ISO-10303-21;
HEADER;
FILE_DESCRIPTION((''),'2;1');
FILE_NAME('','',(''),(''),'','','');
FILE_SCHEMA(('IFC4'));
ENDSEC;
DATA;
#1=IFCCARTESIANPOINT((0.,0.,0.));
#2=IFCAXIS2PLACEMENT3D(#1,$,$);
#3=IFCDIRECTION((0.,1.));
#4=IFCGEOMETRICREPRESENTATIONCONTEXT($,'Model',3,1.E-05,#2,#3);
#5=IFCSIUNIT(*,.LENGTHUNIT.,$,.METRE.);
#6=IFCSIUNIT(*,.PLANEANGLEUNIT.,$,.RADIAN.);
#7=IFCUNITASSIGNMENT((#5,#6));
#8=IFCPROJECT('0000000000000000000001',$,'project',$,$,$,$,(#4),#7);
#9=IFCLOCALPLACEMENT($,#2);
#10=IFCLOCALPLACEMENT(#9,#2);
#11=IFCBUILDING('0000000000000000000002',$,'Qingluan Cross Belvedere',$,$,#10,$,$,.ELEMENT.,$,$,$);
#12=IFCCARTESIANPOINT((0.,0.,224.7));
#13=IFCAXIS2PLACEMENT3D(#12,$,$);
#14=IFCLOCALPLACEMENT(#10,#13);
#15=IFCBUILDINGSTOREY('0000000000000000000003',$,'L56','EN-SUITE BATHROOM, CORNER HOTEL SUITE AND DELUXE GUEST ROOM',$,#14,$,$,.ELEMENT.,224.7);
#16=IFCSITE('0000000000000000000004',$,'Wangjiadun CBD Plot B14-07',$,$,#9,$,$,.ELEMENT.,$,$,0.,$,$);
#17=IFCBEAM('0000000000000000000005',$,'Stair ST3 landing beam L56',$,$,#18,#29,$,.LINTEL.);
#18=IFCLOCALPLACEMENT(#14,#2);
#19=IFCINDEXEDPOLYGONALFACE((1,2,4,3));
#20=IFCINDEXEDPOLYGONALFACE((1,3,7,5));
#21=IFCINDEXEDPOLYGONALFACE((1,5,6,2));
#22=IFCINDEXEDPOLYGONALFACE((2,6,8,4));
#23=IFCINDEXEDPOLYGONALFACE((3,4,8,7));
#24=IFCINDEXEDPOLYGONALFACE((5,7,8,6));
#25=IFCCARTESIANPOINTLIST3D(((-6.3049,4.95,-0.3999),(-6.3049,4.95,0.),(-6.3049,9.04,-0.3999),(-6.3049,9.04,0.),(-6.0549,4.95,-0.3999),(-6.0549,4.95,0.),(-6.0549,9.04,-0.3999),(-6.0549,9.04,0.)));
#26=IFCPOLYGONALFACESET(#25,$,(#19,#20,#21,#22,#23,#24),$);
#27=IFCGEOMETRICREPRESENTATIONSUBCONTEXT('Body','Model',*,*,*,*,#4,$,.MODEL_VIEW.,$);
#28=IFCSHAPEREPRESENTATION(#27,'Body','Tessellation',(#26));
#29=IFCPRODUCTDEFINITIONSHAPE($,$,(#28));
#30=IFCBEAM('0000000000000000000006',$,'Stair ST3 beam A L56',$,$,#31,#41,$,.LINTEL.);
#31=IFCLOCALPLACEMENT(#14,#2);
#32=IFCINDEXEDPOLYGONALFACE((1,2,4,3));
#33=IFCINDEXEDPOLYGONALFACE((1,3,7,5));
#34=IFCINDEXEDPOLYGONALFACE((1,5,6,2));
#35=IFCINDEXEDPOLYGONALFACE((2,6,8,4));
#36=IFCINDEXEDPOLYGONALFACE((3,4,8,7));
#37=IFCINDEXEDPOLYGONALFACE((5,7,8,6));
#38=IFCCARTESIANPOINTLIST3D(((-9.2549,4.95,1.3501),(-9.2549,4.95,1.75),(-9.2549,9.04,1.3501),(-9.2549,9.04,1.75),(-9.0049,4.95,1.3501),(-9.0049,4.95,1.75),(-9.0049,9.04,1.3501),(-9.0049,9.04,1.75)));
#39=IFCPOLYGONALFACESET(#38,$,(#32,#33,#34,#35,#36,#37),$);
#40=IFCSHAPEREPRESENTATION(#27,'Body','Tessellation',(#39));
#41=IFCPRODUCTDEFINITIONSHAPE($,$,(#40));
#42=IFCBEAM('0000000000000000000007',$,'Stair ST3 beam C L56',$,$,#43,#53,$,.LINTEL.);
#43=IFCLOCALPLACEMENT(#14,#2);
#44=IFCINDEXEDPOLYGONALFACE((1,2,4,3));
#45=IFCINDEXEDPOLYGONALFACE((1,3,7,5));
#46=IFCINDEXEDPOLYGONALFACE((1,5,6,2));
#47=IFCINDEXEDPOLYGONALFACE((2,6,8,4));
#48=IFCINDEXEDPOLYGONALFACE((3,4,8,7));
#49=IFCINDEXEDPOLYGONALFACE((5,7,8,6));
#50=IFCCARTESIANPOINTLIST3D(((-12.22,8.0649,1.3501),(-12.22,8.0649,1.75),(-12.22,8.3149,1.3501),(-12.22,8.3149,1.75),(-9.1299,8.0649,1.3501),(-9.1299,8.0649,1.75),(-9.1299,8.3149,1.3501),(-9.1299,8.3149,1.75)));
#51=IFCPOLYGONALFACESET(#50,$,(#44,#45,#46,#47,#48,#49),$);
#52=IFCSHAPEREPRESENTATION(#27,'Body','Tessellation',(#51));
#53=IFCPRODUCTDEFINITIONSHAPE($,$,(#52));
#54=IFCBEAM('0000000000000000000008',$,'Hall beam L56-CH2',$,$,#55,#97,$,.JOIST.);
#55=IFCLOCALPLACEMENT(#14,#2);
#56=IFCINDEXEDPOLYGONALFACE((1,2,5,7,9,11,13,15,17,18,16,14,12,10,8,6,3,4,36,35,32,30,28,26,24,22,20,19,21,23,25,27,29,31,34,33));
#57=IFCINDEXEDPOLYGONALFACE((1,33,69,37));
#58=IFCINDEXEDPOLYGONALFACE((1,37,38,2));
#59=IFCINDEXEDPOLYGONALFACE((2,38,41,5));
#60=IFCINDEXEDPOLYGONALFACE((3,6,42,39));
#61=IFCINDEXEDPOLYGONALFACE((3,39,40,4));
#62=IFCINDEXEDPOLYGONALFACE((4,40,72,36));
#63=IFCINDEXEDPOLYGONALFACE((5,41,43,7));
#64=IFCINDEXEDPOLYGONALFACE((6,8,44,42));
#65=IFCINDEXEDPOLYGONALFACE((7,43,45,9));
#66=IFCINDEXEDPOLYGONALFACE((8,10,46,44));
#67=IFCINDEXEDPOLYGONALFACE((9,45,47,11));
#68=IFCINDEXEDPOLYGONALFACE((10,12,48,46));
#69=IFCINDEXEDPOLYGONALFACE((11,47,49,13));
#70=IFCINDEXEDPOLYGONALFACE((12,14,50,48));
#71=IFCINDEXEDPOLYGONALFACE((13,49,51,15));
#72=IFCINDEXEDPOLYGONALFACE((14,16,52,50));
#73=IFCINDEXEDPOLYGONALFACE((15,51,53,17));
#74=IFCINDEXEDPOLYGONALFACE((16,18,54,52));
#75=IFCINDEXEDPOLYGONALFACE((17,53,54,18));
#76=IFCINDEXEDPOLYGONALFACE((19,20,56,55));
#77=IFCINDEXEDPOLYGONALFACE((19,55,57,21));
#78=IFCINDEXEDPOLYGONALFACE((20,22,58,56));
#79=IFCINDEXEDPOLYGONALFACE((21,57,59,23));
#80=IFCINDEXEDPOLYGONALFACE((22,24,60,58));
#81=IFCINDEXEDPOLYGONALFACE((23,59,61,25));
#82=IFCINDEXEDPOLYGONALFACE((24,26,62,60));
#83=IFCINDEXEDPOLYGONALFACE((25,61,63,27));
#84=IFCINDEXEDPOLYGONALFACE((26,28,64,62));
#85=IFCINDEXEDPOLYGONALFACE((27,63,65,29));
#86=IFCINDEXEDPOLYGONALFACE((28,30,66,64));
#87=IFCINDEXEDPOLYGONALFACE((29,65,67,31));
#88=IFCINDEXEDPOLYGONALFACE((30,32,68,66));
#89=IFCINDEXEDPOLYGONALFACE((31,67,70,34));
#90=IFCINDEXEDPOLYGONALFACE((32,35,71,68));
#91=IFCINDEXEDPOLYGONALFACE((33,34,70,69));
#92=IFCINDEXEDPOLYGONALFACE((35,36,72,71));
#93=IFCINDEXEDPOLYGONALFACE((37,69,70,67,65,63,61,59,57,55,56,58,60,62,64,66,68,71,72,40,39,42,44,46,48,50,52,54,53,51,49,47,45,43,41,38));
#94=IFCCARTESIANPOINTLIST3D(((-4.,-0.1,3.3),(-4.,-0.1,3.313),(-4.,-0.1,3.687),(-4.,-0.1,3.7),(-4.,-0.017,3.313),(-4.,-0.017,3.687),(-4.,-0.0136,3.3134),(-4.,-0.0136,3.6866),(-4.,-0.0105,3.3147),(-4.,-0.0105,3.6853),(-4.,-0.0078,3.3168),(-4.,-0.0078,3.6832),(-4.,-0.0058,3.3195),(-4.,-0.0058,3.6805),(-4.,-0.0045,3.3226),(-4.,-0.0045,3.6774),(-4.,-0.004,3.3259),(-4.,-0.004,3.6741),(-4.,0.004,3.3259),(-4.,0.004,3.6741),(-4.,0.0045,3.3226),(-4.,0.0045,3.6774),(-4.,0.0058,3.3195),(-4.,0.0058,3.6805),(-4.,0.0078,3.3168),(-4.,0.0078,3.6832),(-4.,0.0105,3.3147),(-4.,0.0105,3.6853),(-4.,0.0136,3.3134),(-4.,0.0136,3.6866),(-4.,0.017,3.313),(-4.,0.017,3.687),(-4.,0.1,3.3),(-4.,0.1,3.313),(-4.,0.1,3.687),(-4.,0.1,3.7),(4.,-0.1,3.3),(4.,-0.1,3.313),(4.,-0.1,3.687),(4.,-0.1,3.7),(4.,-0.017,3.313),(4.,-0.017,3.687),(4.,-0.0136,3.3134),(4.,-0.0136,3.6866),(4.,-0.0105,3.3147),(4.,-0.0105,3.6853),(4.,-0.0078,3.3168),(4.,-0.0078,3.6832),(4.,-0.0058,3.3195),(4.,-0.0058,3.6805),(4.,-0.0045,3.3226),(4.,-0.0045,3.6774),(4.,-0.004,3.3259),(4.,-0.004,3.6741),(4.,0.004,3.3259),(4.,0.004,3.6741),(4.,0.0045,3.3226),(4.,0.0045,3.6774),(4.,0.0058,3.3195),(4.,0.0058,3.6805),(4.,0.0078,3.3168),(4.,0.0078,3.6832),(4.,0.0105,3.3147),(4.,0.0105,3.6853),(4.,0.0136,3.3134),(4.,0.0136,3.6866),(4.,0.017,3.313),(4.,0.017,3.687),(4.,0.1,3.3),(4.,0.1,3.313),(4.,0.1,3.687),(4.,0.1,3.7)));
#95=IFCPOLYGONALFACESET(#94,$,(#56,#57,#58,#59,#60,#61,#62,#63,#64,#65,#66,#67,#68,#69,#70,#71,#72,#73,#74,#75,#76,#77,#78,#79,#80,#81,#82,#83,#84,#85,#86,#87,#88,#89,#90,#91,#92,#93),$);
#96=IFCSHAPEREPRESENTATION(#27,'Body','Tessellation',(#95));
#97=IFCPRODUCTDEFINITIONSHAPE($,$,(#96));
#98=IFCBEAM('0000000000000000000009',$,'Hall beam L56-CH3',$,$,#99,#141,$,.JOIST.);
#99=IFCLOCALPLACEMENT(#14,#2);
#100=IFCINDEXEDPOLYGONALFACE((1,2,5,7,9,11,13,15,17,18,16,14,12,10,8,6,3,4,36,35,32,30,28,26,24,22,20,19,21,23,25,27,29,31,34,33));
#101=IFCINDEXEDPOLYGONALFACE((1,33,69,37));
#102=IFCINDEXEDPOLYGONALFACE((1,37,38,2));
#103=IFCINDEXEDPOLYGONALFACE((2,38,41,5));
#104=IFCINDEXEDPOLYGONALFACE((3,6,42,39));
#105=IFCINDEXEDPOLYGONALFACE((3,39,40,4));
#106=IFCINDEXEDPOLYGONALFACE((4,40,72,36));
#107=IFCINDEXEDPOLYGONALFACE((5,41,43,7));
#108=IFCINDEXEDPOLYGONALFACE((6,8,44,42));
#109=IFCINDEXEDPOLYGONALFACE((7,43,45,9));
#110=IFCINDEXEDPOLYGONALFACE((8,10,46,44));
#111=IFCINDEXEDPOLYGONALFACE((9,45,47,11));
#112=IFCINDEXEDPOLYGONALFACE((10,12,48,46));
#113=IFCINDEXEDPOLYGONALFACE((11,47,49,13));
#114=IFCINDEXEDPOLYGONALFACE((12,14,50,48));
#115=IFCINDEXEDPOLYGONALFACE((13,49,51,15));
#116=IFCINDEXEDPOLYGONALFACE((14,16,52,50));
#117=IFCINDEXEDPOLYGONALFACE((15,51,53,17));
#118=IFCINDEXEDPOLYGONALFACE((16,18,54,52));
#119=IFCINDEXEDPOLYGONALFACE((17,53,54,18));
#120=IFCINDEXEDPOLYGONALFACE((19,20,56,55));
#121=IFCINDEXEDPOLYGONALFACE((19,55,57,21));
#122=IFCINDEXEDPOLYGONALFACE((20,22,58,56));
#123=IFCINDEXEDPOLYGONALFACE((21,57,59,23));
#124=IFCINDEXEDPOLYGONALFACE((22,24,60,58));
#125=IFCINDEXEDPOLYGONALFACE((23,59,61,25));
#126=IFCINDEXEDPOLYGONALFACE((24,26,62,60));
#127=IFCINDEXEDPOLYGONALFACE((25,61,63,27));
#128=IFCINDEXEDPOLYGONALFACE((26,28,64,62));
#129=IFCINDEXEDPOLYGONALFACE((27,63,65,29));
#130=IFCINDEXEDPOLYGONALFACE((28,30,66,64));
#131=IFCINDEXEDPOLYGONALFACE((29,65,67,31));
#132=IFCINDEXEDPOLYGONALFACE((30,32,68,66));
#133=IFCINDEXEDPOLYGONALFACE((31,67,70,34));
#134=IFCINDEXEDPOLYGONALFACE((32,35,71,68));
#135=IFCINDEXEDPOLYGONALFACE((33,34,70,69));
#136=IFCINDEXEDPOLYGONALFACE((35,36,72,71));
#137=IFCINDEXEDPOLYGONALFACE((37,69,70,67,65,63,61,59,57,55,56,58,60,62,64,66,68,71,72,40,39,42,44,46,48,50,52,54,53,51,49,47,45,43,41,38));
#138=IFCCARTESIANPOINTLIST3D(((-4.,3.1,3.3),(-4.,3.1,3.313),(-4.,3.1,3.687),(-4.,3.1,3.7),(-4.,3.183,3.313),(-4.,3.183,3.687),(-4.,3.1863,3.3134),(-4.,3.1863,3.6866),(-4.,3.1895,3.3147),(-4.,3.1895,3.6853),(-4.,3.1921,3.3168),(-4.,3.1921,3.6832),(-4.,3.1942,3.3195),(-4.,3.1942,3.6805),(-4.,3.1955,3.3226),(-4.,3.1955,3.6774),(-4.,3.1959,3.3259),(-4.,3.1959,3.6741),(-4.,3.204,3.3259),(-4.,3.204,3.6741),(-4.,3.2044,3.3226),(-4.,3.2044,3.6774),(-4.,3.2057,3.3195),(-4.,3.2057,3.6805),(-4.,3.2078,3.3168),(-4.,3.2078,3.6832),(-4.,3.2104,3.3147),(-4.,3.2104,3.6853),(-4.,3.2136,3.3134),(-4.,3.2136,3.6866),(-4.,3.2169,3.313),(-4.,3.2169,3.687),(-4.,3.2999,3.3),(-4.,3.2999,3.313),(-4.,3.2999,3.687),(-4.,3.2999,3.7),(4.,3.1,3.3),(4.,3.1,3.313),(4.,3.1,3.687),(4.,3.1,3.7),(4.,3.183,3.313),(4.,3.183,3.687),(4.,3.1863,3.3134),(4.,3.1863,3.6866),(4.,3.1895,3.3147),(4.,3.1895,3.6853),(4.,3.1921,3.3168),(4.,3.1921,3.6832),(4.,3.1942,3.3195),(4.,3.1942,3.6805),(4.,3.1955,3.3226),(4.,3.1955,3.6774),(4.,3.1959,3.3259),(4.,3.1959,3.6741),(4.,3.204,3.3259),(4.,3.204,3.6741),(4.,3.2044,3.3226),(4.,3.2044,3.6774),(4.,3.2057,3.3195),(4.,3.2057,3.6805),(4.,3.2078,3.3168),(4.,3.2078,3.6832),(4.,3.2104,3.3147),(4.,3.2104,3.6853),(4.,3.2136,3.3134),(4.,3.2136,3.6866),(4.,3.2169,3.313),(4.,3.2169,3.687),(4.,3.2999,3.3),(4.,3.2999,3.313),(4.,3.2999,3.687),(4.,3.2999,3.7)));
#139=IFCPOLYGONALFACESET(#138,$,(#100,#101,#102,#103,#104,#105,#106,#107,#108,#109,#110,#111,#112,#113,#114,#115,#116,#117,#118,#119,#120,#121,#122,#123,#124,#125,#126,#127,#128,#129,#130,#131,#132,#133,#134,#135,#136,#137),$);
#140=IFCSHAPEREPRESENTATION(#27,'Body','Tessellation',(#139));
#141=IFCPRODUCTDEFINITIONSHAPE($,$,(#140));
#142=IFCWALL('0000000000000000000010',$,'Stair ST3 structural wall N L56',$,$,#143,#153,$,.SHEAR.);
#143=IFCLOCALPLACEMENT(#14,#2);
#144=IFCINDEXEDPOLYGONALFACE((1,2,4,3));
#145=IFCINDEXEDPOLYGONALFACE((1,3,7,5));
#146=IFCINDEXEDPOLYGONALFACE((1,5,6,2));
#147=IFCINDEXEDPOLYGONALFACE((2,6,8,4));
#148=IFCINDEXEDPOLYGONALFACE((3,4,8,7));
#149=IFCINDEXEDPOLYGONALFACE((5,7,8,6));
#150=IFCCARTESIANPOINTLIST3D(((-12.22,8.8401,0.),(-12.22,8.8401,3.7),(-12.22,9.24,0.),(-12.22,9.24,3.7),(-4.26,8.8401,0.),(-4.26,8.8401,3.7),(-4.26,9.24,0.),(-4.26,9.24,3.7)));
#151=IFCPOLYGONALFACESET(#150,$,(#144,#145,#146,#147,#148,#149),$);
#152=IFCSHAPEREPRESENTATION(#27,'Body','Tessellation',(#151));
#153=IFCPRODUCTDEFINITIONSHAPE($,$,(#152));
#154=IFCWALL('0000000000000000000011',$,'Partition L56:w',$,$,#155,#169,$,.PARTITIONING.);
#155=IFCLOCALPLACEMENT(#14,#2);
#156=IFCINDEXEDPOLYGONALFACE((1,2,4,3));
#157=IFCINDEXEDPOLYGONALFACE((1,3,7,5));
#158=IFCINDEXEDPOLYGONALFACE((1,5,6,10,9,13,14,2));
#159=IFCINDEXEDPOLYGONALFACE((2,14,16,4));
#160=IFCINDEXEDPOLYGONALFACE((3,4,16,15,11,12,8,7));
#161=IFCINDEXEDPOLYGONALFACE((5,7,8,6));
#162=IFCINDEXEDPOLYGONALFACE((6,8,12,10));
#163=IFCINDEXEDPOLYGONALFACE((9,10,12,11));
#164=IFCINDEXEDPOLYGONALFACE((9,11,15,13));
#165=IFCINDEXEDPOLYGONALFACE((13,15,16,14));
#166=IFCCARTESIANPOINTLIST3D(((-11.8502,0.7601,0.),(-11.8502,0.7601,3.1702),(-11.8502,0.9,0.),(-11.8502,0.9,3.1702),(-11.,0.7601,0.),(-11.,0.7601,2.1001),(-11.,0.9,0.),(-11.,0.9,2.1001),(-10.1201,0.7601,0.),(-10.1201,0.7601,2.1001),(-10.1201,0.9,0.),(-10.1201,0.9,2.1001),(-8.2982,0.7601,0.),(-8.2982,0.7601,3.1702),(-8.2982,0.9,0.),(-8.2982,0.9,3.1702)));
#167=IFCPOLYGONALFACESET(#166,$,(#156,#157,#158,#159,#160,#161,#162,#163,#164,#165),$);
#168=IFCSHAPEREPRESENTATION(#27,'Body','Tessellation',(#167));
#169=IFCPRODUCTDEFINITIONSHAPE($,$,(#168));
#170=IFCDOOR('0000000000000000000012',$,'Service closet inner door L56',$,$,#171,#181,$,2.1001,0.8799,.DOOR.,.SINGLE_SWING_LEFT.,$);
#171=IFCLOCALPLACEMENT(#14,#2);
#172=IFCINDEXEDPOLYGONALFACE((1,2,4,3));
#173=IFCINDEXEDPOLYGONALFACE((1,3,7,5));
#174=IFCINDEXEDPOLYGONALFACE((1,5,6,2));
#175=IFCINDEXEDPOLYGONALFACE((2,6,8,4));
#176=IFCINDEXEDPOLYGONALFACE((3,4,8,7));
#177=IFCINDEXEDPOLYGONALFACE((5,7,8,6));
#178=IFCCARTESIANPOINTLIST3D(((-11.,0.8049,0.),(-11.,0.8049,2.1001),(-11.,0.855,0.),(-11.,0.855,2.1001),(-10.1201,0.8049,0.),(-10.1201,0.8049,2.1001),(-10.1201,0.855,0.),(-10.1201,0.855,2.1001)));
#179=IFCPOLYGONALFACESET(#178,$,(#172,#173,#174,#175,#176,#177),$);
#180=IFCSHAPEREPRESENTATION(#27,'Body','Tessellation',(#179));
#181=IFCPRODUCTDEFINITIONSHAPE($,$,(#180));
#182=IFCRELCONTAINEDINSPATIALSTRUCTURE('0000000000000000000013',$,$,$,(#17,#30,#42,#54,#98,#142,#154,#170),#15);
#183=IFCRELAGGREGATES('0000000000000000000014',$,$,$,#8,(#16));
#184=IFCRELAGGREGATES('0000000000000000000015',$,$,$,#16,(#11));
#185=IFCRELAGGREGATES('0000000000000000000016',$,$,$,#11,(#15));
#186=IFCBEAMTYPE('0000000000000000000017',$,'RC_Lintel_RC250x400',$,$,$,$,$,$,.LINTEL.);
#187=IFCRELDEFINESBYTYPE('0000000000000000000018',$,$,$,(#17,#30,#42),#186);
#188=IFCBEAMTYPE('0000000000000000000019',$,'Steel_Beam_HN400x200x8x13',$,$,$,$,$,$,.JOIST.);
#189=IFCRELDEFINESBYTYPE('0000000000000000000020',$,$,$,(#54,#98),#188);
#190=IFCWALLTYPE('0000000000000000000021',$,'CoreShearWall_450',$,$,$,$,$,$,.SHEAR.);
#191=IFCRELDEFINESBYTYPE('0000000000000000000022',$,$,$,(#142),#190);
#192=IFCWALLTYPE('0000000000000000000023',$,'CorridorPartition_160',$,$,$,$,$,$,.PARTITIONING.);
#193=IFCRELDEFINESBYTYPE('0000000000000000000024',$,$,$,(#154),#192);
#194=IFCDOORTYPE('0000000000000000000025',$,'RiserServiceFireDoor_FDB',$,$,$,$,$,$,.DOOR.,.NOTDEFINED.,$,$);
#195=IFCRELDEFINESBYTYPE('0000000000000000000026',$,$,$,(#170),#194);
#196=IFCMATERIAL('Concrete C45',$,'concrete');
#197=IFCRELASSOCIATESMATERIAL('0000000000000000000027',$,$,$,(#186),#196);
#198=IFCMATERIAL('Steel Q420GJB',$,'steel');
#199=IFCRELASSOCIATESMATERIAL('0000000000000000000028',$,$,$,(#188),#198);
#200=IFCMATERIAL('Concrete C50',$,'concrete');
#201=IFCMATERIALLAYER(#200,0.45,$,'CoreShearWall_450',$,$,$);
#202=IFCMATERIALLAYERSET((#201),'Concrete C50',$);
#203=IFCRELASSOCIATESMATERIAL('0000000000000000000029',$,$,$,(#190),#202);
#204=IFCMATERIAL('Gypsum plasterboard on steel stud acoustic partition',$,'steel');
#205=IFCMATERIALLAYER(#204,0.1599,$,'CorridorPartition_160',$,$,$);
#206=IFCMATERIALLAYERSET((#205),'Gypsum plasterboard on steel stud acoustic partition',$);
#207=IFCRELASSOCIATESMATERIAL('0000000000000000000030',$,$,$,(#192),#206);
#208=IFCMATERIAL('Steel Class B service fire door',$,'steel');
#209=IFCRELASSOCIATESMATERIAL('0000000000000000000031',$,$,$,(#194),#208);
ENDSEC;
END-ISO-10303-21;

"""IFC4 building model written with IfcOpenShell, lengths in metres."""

from ifc_helpers import new_model, si_unit, direction, frame, frame_2d, origin, origin_2d, place, context, subcontext, project, spatial, rectangle, i_section, extrude, material, layer, layer_set, material_profile, profile_set, type_object, element, fill, save


model = new_model("IFC4")

# Units and contexts
model_context = context("Model", 3, precision=1e-05, world=origin(), true_north=direction((0.0, 1.0)))
body_context = subcontext(model_context, "Body", "Model", "MODEL_VIEW")
ifc_project = project(units=[si_unit("LENGTHUNIT", "METRE"), si_unit("PLANEANGLEUNIT", "RADIAN")], contexts=[model_context])

# Site, building, storey
site_placement = place(None, origin())
site = spatial("IfcSite", under=ifc_project, at=site_placement, Name="Wangjiadun CBD Plot B14-07", CompositionType="ELEMENT", RefElevation=0.0)
building_placement = place(site_placement, origin())
building = spatial("IfcBuilding", under=site, at=building_placement, Name="Qingluan Cross Belvedere", CompositionType="ELEMENT")
storey_placement = place(building_placement, frame((0.0, 0.0, 224.7)))
storey = spatial("IfcBuildingStorey", under=building, at=storey_placement, Name="L56", Description="EN-SUITE BATHROOM, CORNER HOTEL SUITE AND DELUXE GUEST ROOM", CompositionType="ELEMENT", Elevation=224.7)

# Beams
ifc_material_1 = material(Name="Concrete C45", Category="concrete")
ifc_material_profile_1 = material_profile(ifc_material_1, rectangle(XDim=0.25, YDim=0.3999, at=origin_2d()), Name="RC250x400")
ifc_profile_set_1 = profile_set([ifc_material_profile_1], Name="Concrete C45")
beam_type_1 = type_object("IfcBeamType", Name="RC_Lintel_RC250x400", PredefinedType="LINTEL", material=ifc_profile_set_1)
for number, where, z_axis, x_axis, name in (
    (1, (-6.1799, 4.95, -0.2), (0.0, 1.0, 0.0), (-1.0, 0.0, 0.0), "Stair ST3 landing beam L56"),
    (2, (-9.1299, 4.95, 1.55), (0.0, 1.0, 0.0), (-1.0, 0.0, 0.0), "Stair ST3 beam A L56"),
):
    element("IfcBeam", number, at=place(storey_placement, frame(where, z_axis=z_axis, x_axis=x_axis)), inside=storey, type_object=beam_type_1, Name=name, PredefinedType="LINTEL", context=body_context, shape_type="SweptSolid", body=[
        extrude(rectangle(XDim=0.25, YDim=0.3999, at=origin_2d()), origin(), (0.0, 0.0, 1.0), 4.0901),
    ])
beam_placement = place(storey_placement, frame((-12.22, 8.1899, 1.55), z_axis=(1.0, 0.0, 0.0), x_axis=(0.0, 1.0, 0.0)))
element("IfcBeam", 3, at=beam_placement, inside=storey, type_object=beam_type_1, Name="Stair ST3 beam C L56", PredefinedType="LINTEL", context=body_context, shape_type="SweptSolid", body=[
    extrude(rectangle(XDim=0.25, YDim=0.3999, at=origin_2d()), origin(), (0.0, 0.0, 1.0), 3.0901),
])
ifc_material_2 = material(Name="Steel Q420GJB", Category="steel")
ifc_material_profile_2 = material_profile(ifc_material_2, i_section(OverallWidth=0.2, OverallDepth=0.3999, WebThickness=0.0081, FlangeThickness=0.0129, FilletRadius=0.0129, at=origin_2d()), Name="HN400x200x8x13")
ifc_profile_set_2 = profile_set([ifc_material_profile_2], Name="Steel Q420GJB")
beam_type_2 = type_object("IfcBeamType", Name="Steel_Beam_HN400x200x8x13", PredefinedType="JOIST", material=ifc_profile_set_2)
for number, where, z_axis, x_axis, name in (
    (4, (-4.0, 0.0, 3.5), (1.0, 0.0, 0.0), (0.0, 1.0, 0.0), "Hall beam L56-CH2"),
    (5, (-4.0, 3.2, 3.5), (1.0, 0.0, 0.0), (0.0, 1.0, 0.0), "Hall beam L56-CH3"),
):
    element("IfcBeam", number, at=place(storey_placement, frame(where, z_axis=z_axis, x_axis=x_axis)), inside=storey, type_object=beam_type_2, Name=name, PredefinedType="JOIST", context=body_context, shape_type="SweptSolid", body=[
        extrude(i_section(OverallWidth=0.2, OverallDepth=0.3999, WebThickness=0.0081, FlangeThickness=0.0129, FilletRadius=0.0129, at=origin_2d()), origin(), (0.0, 0.0, 1.0), 8.0),
    ])

# Wall
ifc_material_3 = material(Name="Concrete C50", Category="concrete")
ifc_layer_1 = layer(ifc_material_3, 0.45, Name="CoreShearWall_450")
ifc_layer_set_1 = layer_set([ifc_layer_1], Name="Concrete C50")
wall_type_1 = type_object("IfcWallType", Name="CoreShearWall_450", PredefinedType="SHEAR", material=ifc_layer_set_1)
wall_1_placement = place(storey_placement, frame((-12.22, 9.04, 0.0), z_axis=(0.0, 0.0, 1.0), x_axis=(1.0, 0.0, 0.0)))
element("IfcWall", 6, at=wall_1_placement, inside=storey, type_object=wall_type_1, Name="Stair ST3 structural wall N L56", PredefinedType="SHEAR", context=body_context, shape_type="SweptSolid", body=[
    extrude(rectangle(XDim=7.96, YDim=0.3999, at=frame_2d((3.98, 0.0))), origin(), (0.0, 0.0, 1.0), 3.7),
])

# Wall, opening, door
ifc_material_4 = material(Name="Gypsum plasterboard on steel stud acoustic partition", Category="steel")
ifc_layer_2 = layer(ifc_material_4, 0.1599, Name="CorridorPartition_160")
ifc_layer_set_2 = layer_set([ifc_layer_2], Name="Gypsum plasterboard on steel stud acoustic partition")
wall_type_2 = type_object("IfcWallType", Name="CorridorPartition_160", PredefinedType="PARTITIONING", material=ifc_layer_set_2)
wall_2_placement = place(storey_placement, frame((-11.8501, 0.8301, 0.0), z_axis=(0.0, 0.0, 1.0), x_axis=(1.0, 0.0, 0.0)))
wall_2 = element("IfcWall", 7, at=wall_2_placement, inside=storey, type_object=wall_type_2, Name="Partition L56:w", PredefinedType="PARTITIONING", context=body_context, shape_type="SweptSolid", body=[
    extrude(rectangle(XDim=3.552, YDim=0.1399, at=frame_2d((1.7759, 0.0))), origin(), (0.0, 0.0, 1.0), 3.1702),
])
opening_1_placement = place(wall_2_placement, frame((0.8501, 0.0, 0.0)))
opening_1 = element("IfcOpeningElement", 8, at=opening_1_placement, cuts=wall_2, PredefinedType="OPENING", context=body_context, shape_type="SweptSolid", body=[
    extrude(rectangle(XDim=0.8799, YDim=2.1001, at=frame_2d((0.4399, 1.05))), frame((0.0, 0.0798, 0.0), z_axis=(0.0, -1.0, 0.0), x_axis=(1.0, 0.0, 0.0)), (0.0, 0.0, 1.0), 0.1599),
])
ifc_material_5 = material(Name="Steel Class B service fire door", Category="steel")
door_type_1 = type_object("IfcDoorType", Name="RiserServiceFireDoor_FDB", OperationType="NOTDEFINED", PredefinedType="DOOR", material=ifc_material_5)
door_1_placement = place(opening_1_placement, origin())
door_1 = element("IfcDoor", 9, at=door_1_placement, inside=storey, type_object=door_type_1, Name="Service closet inner door L56", OperationType="SINGLE_SWING_LEFT", OverallHeight=2.1001, OverallWidth=0.8799, PredefinedType="DOOR", context=body_context, shape_type="SweptSolid", body=[
    extrude(rectangle(XDim=0.8799, YDim=2.1001, at=frame_2d((0.4399, 1.05))), frame((0.0, 0.0249, 0.0), z_axis=(0.0, -1.0, 0.0), x_axis=(1.0, 0.0, 0.0)), (0.0, 0.0, 1.0), 0.05),
])
fill(opening_1, door_1)

save(model, "model.ifc")
